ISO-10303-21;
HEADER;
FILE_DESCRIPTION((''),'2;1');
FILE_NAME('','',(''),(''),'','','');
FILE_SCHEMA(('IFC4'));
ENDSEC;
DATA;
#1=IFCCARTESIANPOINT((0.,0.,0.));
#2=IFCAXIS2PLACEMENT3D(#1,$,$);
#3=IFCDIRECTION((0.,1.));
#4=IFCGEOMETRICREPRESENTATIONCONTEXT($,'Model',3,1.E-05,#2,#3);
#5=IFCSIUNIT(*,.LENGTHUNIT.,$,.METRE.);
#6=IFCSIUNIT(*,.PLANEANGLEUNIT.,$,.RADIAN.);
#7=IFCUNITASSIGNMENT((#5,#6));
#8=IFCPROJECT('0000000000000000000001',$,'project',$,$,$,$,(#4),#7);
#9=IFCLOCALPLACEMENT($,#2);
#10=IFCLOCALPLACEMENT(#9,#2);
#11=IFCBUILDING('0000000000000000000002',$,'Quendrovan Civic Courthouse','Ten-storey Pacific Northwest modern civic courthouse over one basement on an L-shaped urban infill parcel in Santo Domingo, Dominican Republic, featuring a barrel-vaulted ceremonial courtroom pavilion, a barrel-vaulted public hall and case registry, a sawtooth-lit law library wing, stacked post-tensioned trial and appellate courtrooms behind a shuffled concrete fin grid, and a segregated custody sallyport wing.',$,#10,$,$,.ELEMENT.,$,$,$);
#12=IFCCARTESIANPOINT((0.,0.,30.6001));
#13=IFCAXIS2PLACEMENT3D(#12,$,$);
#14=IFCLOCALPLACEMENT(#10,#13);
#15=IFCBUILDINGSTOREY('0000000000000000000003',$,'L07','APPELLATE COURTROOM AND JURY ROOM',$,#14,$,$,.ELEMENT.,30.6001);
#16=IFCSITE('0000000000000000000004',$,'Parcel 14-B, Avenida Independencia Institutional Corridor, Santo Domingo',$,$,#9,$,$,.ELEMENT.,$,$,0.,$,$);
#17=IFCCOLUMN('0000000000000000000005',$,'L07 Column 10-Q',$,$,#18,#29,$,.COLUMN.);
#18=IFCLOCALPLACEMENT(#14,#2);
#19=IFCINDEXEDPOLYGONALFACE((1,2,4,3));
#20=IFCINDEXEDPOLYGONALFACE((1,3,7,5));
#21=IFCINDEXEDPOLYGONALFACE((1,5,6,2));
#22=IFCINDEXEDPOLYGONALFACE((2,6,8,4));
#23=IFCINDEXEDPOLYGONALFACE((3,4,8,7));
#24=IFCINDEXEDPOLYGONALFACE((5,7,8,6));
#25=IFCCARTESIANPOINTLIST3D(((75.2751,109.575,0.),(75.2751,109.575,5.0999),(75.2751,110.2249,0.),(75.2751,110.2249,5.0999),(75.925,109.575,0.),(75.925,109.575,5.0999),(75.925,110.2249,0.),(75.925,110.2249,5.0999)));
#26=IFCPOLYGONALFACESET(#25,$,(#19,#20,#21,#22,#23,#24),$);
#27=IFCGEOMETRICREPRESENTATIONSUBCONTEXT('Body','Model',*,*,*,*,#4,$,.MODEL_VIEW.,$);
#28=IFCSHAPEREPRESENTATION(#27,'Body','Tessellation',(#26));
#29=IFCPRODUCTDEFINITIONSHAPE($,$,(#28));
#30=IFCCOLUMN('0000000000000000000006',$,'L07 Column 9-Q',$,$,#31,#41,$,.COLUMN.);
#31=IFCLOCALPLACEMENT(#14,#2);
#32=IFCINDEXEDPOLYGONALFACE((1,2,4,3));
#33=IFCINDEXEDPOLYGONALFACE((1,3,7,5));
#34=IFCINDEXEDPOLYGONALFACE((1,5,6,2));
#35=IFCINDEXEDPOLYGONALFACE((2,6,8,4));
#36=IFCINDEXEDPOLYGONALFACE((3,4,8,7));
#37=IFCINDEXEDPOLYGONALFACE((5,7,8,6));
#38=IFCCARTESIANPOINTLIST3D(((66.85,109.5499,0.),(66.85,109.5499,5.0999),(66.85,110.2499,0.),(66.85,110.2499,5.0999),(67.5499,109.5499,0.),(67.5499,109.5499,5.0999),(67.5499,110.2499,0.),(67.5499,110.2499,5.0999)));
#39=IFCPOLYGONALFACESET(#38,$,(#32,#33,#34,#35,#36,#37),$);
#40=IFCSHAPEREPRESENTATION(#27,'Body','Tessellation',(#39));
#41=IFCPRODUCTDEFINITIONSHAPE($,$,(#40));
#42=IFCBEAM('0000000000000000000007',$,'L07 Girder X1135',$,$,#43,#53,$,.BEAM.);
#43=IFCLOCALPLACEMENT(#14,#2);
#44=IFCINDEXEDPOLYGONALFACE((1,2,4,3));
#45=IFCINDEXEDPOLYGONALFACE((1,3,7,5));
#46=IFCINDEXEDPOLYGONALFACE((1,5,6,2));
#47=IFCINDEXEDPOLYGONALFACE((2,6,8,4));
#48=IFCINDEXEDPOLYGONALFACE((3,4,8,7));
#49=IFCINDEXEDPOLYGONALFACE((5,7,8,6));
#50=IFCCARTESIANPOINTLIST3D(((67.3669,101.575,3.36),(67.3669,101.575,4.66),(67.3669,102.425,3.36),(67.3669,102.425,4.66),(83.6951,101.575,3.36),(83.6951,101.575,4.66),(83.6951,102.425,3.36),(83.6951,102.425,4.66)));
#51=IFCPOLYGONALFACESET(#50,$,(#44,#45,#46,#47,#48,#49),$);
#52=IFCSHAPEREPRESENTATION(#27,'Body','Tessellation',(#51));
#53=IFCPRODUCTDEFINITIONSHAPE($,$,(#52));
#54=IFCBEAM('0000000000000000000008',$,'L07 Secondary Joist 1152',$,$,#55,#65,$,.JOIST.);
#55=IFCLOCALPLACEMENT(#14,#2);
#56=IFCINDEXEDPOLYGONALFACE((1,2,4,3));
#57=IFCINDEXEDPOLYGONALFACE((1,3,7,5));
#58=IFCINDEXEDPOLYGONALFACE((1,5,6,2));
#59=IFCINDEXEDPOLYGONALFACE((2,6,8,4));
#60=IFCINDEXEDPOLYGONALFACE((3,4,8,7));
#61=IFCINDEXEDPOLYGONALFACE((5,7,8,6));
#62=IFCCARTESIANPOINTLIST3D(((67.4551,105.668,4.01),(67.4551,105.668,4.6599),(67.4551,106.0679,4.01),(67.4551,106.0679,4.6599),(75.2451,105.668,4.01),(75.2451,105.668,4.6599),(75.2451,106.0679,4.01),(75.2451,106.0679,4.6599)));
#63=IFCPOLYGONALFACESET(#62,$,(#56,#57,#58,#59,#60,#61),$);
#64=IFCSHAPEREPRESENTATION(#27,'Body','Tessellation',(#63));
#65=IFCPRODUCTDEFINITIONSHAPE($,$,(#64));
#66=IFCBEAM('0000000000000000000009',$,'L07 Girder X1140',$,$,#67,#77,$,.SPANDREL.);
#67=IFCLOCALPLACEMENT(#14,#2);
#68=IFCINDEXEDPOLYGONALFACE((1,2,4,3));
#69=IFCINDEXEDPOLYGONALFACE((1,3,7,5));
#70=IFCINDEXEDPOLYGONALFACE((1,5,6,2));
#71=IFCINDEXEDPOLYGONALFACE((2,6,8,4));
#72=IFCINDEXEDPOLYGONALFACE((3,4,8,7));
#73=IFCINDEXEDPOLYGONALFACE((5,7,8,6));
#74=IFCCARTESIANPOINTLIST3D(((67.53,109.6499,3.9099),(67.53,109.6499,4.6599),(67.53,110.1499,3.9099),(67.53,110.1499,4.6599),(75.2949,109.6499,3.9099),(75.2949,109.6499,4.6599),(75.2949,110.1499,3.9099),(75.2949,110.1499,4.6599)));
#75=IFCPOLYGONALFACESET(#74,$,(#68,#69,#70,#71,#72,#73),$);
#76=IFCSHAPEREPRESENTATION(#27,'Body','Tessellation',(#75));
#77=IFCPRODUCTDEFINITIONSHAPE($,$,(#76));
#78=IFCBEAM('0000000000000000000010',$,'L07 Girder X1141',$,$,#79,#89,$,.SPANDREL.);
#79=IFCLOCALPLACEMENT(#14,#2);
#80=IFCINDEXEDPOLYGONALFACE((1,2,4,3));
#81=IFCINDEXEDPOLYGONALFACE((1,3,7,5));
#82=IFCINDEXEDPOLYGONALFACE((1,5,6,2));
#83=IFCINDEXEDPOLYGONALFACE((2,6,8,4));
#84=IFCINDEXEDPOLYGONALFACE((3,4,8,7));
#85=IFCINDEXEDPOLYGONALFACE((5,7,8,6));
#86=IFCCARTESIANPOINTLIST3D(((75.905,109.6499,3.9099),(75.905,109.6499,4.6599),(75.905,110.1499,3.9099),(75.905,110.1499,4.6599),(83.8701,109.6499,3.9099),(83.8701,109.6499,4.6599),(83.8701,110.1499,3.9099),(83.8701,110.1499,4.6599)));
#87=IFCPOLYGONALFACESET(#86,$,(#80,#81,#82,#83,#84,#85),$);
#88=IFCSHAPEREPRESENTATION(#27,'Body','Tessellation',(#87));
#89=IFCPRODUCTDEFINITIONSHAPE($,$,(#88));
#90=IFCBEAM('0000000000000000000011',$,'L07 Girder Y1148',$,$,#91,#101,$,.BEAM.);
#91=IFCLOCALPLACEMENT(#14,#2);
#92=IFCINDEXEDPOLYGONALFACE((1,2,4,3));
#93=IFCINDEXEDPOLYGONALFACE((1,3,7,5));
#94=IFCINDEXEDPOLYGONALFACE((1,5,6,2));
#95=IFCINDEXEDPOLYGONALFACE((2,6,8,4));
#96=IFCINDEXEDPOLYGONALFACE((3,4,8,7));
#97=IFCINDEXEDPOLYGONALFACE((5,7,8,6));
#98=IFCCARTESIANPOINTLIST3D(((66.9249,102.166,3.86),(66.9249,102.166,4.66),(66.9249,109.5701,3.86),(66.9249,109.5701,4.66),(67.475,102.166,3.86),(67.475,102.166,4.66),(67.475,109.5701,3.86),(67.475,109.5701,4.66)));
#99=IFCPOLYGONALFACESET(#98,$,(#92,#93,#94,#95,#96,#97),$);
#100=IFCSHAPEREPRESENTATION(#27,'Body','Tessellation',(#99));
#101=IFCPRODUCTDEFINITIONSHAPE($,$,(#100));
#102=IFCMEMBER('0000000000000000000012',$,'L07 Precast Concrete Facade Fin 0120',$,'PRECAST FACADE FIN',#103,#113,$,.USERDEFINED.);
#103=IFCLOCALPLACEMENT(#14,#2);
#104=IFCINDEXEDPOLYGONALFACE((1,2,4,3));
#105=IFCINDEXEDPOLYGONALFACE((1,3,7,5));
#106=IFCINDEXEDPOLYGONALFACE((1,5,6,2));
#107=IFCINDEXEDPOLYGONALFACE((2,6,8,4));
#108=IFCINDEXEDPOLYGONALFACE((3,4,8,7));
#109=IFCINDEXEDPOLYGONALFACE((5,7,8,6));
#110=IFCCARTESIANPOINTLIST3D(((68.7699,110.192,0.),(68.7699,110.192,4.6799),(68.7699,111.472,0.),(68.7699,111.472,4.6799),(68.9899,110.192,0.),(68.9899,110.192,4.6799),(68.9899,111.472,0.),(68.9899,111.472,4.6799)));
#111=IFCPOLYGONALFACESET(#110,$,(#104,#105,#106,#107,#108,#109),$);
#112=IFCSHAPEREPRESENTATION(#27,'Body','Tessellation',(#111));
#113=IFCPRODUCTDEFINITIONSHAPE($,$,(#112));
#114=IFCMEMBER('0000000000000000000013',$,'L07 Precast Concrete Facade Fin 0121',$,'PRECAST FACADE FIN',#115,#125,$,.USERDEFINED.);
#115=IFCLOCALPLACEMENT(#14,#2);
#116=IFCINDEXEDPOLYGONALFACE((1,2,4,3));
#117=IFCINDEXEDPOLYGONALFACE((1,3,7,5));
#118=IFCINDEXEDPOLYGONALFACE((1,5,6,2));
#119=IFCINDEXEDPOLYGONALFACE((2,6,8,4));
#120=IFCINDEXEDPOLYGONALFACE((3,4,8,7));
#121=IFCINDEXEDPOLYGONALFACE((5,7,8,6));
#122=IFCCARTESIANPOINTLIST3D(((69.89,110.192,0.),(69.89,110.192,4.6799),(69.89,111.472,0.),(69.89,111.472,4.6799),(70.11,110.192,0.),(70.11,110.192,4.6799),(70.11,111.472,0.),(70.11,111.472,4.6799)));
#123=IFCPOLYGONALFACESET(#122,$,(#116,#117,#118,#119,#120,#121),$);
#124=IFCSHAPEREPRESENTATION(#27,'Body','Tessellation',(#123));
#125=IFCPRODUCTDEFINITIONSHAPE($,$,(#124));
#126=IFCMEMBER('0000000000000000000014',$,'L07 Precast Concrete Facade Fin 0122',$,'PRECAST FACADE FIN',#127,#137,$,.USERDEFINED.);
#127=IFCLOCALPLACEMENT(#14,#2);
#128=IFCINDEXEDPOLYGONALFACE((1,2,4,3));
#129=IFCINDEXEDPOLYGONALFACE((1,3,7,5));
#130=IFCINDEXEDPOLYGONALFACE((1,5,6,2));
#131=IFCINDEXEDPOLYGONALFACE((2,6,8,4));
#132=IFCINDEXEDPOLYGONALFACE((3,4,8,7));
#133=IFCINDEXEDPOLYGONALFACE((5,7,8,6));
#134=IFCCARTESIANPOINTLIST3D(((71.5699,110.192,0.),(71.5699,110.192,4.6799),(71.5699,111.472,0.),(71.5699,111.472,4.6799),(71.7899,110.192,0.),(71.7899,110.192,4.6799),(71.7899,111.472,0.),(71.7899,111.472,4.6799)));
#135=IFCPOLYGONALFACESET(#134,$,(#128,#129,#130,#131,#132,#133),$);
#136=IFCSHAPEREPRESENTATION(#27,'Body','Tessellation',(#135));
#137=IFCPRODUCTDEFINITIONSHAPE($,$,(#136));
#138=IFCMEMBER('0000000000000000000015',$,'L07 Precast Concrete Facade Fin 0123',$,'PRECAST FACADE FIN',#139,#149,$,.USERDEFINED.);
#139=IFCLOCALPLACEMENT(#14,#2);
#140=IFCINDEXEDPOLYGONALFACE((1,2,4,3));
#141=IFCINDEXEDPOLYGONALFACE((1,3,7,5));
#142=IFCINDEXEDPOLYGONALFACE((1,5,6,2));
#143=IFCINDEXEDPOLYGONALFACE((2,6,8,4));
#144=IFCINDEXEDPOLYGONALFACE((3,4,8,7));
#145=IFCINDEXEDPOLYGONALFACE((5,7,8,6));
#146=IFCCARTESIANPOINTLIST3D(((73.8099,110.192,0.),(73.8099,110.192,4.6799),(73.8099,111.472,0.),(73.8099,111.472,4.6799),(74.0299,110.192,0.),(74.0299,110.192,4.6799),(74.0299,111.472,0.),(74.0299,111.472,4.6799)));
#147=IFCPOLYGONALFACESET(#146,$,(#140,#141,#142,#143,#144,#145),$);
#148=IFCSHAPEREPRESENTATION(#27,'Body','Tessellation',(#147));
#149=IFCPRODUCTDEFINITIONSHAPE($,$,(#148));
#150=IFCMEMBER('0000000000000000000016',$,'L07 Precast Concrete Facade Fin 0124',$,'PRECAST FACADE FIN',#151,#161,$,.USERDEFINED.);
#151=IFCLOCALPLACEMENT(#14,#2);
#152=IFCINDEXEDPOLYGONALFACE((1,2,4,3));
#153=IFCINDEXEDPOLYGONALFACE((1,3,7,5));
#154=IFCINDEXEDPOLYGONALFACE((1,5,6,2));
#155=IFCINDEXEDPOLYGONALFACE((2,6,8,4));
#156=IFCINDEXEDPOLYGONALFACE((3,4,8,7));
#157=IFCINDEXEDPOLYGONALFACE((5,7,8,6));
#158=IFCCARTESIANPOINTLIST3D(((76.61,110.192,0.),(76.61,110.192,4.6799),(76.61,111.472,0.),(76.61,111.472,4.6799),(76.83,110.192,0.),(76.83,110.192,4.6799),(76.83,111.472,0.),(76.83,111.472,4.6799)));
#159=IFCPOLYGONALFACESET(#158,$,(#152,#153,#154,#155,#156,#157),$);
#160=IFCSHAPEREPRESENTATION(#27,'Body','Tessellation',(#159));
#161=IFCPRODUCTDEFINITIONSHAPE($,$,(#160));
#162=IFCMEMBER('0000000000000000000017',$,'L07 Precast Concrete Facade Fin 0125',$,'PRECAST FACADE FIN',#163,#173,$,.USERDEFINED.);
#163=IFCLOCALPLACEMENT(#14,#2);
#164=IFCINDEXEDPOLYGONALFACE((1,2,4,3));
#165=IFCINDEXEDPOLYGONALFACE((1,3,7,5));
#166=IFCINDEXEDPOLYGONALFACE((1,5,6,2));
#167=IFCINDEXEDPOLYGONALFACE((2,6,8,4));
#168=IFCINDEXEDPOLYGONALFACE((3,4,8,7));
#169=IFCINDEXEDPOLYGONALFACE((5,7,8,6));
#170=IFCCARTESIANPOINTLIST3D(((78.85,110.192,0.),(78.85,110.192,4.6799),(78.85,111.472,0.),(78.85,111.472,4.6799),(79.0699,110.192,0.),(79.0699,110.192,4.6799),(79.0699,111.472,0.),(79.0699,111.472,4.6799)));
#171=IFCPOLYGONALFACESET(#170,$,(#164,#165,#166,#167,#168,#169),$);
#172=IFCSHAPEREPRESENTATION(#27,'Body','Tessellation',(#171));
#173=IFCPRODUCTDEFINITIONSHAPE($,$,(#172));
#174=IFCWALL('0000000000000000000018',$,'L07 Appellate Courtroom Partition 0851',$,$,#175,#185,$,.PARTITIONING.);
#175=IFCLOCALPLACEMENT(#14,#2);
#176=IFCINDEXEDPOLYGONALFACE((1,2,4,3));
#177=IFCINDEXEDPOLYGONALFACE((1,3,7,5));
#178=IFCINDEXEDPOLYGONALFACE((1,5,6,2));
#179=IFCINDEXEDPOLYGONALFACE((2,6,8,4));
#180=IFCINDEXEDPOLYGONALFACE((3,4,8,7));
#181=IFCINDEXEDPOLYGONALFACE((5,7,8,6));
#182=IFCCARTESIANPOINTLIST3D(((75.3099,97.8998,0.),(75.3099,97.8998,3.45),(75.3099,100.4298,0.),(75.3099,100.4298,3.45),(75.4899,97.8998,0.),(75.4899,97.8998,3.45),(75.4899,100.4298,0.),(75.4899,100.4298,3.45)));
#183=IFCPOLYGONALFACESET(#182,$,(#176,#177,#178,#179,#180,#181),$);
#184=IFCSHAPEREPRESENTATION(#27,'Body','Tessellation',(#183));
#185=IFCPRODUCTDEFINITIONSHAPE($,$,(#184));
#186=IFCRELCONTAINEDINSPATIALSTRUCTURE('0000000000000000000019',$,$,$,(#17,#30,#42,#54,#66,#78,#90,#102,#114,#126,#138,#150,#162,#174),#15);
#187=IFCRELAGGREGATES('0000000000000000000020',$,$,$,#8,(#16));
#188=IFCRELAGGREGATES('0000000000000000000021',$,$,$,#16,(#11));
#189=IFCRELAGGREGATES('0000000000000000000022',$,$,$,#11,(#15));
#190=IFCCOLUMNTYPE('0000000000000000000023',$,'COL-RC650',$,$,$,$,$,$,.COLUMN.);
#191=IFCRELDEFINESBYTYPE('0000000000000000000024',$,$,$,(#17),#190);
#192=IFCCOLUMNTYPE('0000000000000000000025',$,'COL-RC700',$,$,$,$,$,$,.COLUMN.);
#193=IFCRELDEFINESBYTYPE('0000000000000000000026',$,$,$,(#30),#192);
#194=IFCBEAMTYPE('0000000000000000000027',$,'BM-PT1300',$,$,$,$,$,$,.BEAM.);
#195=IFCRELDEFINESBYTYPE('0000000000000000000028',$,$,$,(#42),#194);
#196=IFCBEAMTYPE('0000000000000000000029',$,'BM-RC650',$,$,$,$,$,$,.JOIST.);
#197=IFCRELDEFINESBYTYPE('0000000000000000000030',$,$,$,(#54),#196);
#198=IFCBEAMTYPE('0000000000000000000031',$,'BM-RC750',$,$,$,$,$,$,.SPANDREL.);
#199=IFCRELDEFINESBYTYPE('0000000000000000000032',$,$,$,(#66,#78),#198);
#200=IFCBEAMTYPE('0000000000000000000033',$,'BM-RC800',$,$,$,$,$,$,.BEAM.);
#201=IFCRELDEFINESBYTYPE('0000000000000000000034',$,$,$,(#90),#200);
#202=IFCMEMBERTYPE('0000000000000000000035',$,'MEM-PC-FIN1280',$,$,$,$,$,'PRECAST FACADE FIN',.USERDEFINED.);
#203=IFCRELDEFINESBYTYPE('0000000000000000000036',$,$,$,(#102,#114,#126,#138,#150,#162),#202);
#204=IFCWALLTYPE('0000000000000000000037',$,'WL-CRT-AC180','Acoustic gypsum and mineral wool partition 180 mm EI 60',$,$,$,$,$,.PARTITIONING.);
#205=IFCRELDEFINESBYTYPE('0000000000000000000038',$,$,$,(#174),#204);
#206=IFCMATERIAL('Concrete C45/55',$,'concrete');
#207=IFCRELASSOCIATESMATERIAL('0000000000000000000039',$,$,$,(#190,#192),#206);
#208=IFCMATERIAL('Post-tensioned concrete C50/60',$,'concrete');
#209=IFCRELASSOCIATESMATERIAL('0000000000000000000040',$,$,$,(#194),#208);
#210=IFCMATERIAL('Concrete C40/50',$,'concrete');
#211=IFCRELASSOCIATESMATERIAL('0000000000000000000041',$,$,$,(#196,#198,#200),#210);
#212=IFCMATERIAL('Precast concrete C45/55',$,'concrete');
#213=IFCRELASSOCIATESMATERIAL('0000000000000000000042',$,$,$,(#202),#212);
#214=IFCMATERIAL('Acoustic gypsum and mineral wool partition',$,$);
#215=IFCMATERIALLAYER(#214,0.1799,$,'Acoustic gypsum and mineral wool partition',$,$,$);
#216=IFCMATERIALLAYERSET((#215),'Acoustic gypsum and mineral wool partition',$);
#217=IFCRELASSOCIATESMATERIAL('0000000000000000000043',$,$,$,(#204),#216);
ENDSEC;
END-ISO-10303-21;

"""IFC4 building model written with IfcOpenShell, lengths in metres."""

from ifc_helpers import new_model, si_unit, direction, frame, frame_2d, origin, origin_2d, place, context, subcontext, project, spatial, rectangle, extrude, material, layer, layer_set, material_profile, profile_set, type_object, element, save


model = new_model("IFC4")

# Units and contexts
model_context = context("Model", 3, precision=1e-05, world=origin(), true_north=direction((0.0, 1.0)))
body_context = subcontext(model_context, "Body", "Model", "MODEL_VIEW")
ifc_project = project(units=[si_unit("LENGTHUNIT", "METRE"), si_unit("PLANEANGLEUNIT", "RADIAN")], contexts=[model_context])

# Site, building, storey
site_placement = place(None, origin())
site = spatial("IfcSite", under=ifc_project, at=site_placement, Name="Parcel 14-B, Avenida Independencia Institutional Corridor, Santo Domingo", CompositionType="ELEMENT", RefElevation=0.0)
building_placement = place(site_placement, origin())
building = spatial("IfcBuilding", under=site, at=building_placement, Name="Quendrovan Civic Courthouse", Description="Ten-storey Pacific Northwest modern civic courthouse over one basement on an L-shaped urban infill parcel in Santo Domingo, Dominican Republic, featuring a barrel-vaulted ceremonial courtroom pavilion, a barrel-vaulted public hall and case registry, a sawtooth-lit law library wing, stacked post-tensioned trial and appellate courtrooms behind a shuffled concrete fin grid, and a segregated custody sallyport wing.", CompositionType="ELEMENT")
storey_placement = place(building_placement, frame((0.0, 0.0, 30.6001)))
storey = spatial("IfcBuildingStorey", under=building, at=storey_placement, Name="L07", Description="APPELLATE COURTROOM AND JURY ROOM", CompositionType="ELEMENT", Elevation=30.6001)

# Columns
ifc_material_1 = material(Name="Concrete C45/55", Category="concrete")
ifc_material_profile_1 = material_profile(ifc_material_1, rectangle(XDim=0.6499, YDim=0.6499, at=origin_2d()), Name="RC-COL-650x650")
ifc_profile_set_1 = profile_set([ifc_material_profile_1], Name="Concrete C45/55")
column_type_1 = type_object("IfcColumnType", Name="COL-RC650", PredefinedType="COLUMN", material=ifc_profile_set_1)
column_1_placement = place(storey_placement, frame((75.6001, 109.8999, 0.0), z_axis=(0.0, 0.0, 1.0), x_axis=(1.0, 0.0, 0.0)))
element("IfcColumn", 1, at=column_1_placement, inside=storey, type_object=column_type_1, Name="L07 Column 10-Q", PredefinedType="COLUMN", context=body_context, shape_type="SweptSolid", body=[
    extrude(rectangle(XDim=0.6499, YDim=0.6499, at=origin_2d()), origin(), (0.0, 0.0, 1.0), 5.0999),
])
ifc_material_profile_2 = material_profile(ifc_material_1, rectangle(XDim=0.7, YDim=0.7, at=origin_2d()), Name="RC-COL-700x700")
ifc_profile_set_2 = profile_set([ifc_material_profile_2], Name="Concrete C45/55")
column_type_2 = type_object("IfcColumnType", Name="COL-RC700", PredefinedType="COLUMN", material=ifc_profile_set_2)
column_2_placement = place(storey_placement, frame((67.2, 109.8999, 0.0), z_axis=(0.0, 0.0, 1.0), x_axis=(1.0, 0.0, 0.0)))
element("IfcColumn", 2, at=column_2_placement, inside=storey, type_object=column_type_2, Name="L07 Column 9-Q", PredefinedType="COLUMN", context=body_context, shape_type="SweptSolid", body=[
    extrude(rectangle(XDim=0.7, YDim=0.7, at=origin_2d()), origin(), (0.0, 0.0, 1.0), 5.0999),
])

# Beams
ifc_material_2 = material(Name="Post-tensioned concrete C50/60", Category="concrete")
ifc_material_profile_3 = material_profile(ifc_material_2, rectangle(XDim=0.8501, YDim=1.3, at=origin_2d()), Name="PT-GRD-850x1300")
ifc_profile_set_3 = profile_set([ifc_material_profile_3], Name="Post-tensioned concrete C50/60")
beam_type_1 = type_object("IfcBeamType", Name="BM-PT1300", PredefinedType="BEAM", material=ifc_profile_set_3)
beam_1_placement = place(storey_placement, frame((67.3669, 102.0, 4.01), z_axis=(1.0, 0.0, 0.0), x_axis=(0.0, 1.0, 0.0)))
element("IfcBeam", 3, at=beam_1_placement, inside=storey, type_object=beam_type_1, Name="L07 Girder X1135", PredefinedType="BEAM", context=body_context, shape_type="SweptSolid", body=[
    extrude(rectangle(XDim=0.8501, YDim=1.3, at=origin_2d()), origin(), (0.0, 0.0, 1.0), 16.3281),
])
ifc_material_3 = material(Name="Concrete C40/50", Category="concrete")
ifc_material_profile_4 = material_profile(ifc_material_3, rectangle(XDim=0.3999, YDim=0.6499, at=origin_2d()), Name="RC-BM-400x650")
ifc_profile_set_4 = profile_set([ifc_material_profile_4], Name="Concrete C40/50")
beam_type_2 = type_object("IfcBeamType", Name="BM-RC650", PredefinedType="JOIST", material=ifc_profile_set_4)
beam_2_placement = place(storey_placement, frame((67.4551, 105.8679, 4.335), z_axis=(1.0, 0.0, 0.0), x_axis=(0.0, 1.0, 0.0)))
element("IfcBeam", 4, at=beam_2_placement, inside=storey, type_object=beam_type_2, Name="L07 Secondary Joist 1152", PredefinedType="JOIST", context=body_context, shape_type="SweptSolid", body=[
    extrude(rectangle(XDim=0.3999, YDim=0.6499, at=origin_2d()), origin(), (0.0, 0.0, 1.0), 7.79),
])
ifc_material_profile_5 = material_profile(ifc_material_3, rectangle(XDim=0.5, YDim=0.75, at=origin_2d()), Name="RC-BM-500x750")
ifc_profile_set_5 = profile_set([ifc_material_profile_5], Name="Concrete C40/50")
beam_type_3 = type_object("IfcBeamType", Name="BM-RC750", PredefinedType="SPANDREL", material=ifc_profile_set_5)
beam_3_placement = place(storey_placement, frame((67.53, 109.8999, 4.2849), z_axis=(1.0, 0.0, 0.0), x_axis=(0.0, 1.0, 0.0)))
element("IfcBeam", 5, at=beam_3_placement, inside=storey, type_object=beam_type_3, Name="L07 Girder X1140", PredefinedType="SPANDREL", context=body_context, shape_type="SweptSolid", body=[
    extrude(rectangle(XDim=0.5, YDim=0.75, at=origin_2d()), origin(), (0.0, 0.0, 1.0), 7.7649),
])
beam_4_placement = place(storey_placement, frame((75.905, 109.8999, 4.2849), z_axis=(1.0, 0.0, 0.0), x_axis=(0.0, 1.0, 0.0)))
element("IfcBeam", 6, at=beam_4_placement, inside=storey, type_object=beam_type_3, Name="L07 Girder X1141", PredefinedType="SPANDREL", context=body_context, shape_type="SweptSolid", body=[
    extrude(rectangle(XDim=0.5, YDim=0.75, at=origin_2d()), origin(), (0.0, 0.0, 1.0), 7.9651),
])
ifc_material_profile_6 = material_profile(ifc_material_3, rectangle(XDim=0.55, YDim=0.8, at=origin_2d()), Name="RC-BM-550x800")
ifc_profile_set_6 = profile_set([ifc_material_profile_6], Name="Concrete C40/50")
beam_type_4 = type_object("IfcBeamType", Name="BM-RC800", PredefinedType="BEAM", material=ifc_profile_set_6)
beam_5_placement = place(storey_placement, frame((67.2, 102.166, 4.26), z_axis=(0.0, 1.0, 0.0), x_axis=(-1.0, 0.0, 0.0)))
element("IfcBeam", 7, at=beam_5_placement, inside=storey, type_object=beam_type_4, Name="L07 Girder Y1148", PredefinedType="BEAM", context=body_context, shape_type="SweptSolid", body=[
    extrude(rectangle(XDim=0.55, YDim=0.8, at=origin_2d()), origin(), (0.0, 0.0, 1.0), 7.4041),
])

# Members
ifc_material_4 = material(Name="Precast concrete C45/55", Category="concrete")
ifc_material_profile_7 = material_profile(ifc_material_4, rectangle(XDim=0.22, YDim=1.28, at=origin_2d()), Name="PC-FIN-220x1280")
ifc_profile_set_7 = profile_set([ifc_material_profile_7], Name="Precast concrete C45/55")
member_type = type_object("IfcMemberType", Name="MEM-PC-FIN1280", ElementType="PRECAST FACADE FIN", PredefinedType="USERDEFINED", material=ifc_profile_set_7)
for number, where, z_axis, x_axis, name in (
    (8, (68.8799, 110.832, 0.0), (0.0, 0.0, 1.0), (1.0, 0.0, 0.0), "L07 Precast Concrete Facade Fin 0120"),
    (9, (70.0, 110.832, 0.0), (0.0, 0.0, 1.0), (1.0, 0.0, 0.0), "L07 Precast Concrete Facade Fin 0121"),
    (10, (71.6799, 110.832, 0.0), (0.0, 0.0, 1.0), (1.0, 0.0, 0.0), "L07 Precast Concrete Facade Fin 0122"),
    (11, (73.9199, 110.832, 0.0), (0.0, 0.0, 1.0), (1.0, 0.0, 0.0), "L07 Precast Concrete Facade Fin 0123"),
    (12, (76.72, 110.832, 0.0), (0.0, 0.0, 1.0), (1.0, 0.0, 0.0), "L07 Precast Concrete Facade Fin 0124"),
    (13, (78.96, 110.832, 0.0), (0.0, 0.0, 1.0), (1.0, 0.0, 0.0), "L07 Precast Concrete Facade Fin 0125"),
):
    element("IfcMember", number, at=place(storey_placement, frame(where, z_axis=z_axis, x_axis=x_axis)), inside=storey, type_object=member_type, Name=name, ObjectType="PRECAST FACADE FIN", PredefinedType="USERDEFINED", context=body_context, shape_type="SweptSolid", body=[
        extrude(rectangle(XDim=0.22, YDim=1.28, at=origin_2d()), origin(), (0.0, 0.0, 1.0), 4.6799),
    ])

# Wall
ifc_material_5 = material(Name="Acoustic gypsum and mineral wool partition")
ifc_layer_1 = layer(ifc_material_5, 0.1799, Name="Acoustic gypsum and mineral wool partition")
ifc_layer_set_1 = layer_set([ifc_layer_1], Name="Acoustic gypsum and mineral wool partition")
wall_type_1 = type_object("IfcWallType", Name="WL-CRT-AC180", Description="Acoustic gypsum and mineral wool partition 180 mm EI 60", PredefinedType="PARTITIONING", material=ifc_layer_set_1)
wall_1_placement = place(storey_placement, frame((75.3999, 100.4299, 0.0), z_axis=(0.0, 0.0, 1.0), x_axis=(0.0, -1.0, 0.0)))
element("IfcWall", 14, at=wall_1_placement, inside=storey, type_object=wall_type_1, Name="L07 Appellate Courtroom Partition 0851", PredefinedType="PARTITIONING", context=body_context, shape_type="SweptSolid", body=[
    extrude(rectangle(XDim=2.53, YDim=0.1799, at=frame_2d((1.2651, 0.0))), origin(), (0.0, 0.0, 1.0), 3.45),
])

save(model, "model.ifc")
